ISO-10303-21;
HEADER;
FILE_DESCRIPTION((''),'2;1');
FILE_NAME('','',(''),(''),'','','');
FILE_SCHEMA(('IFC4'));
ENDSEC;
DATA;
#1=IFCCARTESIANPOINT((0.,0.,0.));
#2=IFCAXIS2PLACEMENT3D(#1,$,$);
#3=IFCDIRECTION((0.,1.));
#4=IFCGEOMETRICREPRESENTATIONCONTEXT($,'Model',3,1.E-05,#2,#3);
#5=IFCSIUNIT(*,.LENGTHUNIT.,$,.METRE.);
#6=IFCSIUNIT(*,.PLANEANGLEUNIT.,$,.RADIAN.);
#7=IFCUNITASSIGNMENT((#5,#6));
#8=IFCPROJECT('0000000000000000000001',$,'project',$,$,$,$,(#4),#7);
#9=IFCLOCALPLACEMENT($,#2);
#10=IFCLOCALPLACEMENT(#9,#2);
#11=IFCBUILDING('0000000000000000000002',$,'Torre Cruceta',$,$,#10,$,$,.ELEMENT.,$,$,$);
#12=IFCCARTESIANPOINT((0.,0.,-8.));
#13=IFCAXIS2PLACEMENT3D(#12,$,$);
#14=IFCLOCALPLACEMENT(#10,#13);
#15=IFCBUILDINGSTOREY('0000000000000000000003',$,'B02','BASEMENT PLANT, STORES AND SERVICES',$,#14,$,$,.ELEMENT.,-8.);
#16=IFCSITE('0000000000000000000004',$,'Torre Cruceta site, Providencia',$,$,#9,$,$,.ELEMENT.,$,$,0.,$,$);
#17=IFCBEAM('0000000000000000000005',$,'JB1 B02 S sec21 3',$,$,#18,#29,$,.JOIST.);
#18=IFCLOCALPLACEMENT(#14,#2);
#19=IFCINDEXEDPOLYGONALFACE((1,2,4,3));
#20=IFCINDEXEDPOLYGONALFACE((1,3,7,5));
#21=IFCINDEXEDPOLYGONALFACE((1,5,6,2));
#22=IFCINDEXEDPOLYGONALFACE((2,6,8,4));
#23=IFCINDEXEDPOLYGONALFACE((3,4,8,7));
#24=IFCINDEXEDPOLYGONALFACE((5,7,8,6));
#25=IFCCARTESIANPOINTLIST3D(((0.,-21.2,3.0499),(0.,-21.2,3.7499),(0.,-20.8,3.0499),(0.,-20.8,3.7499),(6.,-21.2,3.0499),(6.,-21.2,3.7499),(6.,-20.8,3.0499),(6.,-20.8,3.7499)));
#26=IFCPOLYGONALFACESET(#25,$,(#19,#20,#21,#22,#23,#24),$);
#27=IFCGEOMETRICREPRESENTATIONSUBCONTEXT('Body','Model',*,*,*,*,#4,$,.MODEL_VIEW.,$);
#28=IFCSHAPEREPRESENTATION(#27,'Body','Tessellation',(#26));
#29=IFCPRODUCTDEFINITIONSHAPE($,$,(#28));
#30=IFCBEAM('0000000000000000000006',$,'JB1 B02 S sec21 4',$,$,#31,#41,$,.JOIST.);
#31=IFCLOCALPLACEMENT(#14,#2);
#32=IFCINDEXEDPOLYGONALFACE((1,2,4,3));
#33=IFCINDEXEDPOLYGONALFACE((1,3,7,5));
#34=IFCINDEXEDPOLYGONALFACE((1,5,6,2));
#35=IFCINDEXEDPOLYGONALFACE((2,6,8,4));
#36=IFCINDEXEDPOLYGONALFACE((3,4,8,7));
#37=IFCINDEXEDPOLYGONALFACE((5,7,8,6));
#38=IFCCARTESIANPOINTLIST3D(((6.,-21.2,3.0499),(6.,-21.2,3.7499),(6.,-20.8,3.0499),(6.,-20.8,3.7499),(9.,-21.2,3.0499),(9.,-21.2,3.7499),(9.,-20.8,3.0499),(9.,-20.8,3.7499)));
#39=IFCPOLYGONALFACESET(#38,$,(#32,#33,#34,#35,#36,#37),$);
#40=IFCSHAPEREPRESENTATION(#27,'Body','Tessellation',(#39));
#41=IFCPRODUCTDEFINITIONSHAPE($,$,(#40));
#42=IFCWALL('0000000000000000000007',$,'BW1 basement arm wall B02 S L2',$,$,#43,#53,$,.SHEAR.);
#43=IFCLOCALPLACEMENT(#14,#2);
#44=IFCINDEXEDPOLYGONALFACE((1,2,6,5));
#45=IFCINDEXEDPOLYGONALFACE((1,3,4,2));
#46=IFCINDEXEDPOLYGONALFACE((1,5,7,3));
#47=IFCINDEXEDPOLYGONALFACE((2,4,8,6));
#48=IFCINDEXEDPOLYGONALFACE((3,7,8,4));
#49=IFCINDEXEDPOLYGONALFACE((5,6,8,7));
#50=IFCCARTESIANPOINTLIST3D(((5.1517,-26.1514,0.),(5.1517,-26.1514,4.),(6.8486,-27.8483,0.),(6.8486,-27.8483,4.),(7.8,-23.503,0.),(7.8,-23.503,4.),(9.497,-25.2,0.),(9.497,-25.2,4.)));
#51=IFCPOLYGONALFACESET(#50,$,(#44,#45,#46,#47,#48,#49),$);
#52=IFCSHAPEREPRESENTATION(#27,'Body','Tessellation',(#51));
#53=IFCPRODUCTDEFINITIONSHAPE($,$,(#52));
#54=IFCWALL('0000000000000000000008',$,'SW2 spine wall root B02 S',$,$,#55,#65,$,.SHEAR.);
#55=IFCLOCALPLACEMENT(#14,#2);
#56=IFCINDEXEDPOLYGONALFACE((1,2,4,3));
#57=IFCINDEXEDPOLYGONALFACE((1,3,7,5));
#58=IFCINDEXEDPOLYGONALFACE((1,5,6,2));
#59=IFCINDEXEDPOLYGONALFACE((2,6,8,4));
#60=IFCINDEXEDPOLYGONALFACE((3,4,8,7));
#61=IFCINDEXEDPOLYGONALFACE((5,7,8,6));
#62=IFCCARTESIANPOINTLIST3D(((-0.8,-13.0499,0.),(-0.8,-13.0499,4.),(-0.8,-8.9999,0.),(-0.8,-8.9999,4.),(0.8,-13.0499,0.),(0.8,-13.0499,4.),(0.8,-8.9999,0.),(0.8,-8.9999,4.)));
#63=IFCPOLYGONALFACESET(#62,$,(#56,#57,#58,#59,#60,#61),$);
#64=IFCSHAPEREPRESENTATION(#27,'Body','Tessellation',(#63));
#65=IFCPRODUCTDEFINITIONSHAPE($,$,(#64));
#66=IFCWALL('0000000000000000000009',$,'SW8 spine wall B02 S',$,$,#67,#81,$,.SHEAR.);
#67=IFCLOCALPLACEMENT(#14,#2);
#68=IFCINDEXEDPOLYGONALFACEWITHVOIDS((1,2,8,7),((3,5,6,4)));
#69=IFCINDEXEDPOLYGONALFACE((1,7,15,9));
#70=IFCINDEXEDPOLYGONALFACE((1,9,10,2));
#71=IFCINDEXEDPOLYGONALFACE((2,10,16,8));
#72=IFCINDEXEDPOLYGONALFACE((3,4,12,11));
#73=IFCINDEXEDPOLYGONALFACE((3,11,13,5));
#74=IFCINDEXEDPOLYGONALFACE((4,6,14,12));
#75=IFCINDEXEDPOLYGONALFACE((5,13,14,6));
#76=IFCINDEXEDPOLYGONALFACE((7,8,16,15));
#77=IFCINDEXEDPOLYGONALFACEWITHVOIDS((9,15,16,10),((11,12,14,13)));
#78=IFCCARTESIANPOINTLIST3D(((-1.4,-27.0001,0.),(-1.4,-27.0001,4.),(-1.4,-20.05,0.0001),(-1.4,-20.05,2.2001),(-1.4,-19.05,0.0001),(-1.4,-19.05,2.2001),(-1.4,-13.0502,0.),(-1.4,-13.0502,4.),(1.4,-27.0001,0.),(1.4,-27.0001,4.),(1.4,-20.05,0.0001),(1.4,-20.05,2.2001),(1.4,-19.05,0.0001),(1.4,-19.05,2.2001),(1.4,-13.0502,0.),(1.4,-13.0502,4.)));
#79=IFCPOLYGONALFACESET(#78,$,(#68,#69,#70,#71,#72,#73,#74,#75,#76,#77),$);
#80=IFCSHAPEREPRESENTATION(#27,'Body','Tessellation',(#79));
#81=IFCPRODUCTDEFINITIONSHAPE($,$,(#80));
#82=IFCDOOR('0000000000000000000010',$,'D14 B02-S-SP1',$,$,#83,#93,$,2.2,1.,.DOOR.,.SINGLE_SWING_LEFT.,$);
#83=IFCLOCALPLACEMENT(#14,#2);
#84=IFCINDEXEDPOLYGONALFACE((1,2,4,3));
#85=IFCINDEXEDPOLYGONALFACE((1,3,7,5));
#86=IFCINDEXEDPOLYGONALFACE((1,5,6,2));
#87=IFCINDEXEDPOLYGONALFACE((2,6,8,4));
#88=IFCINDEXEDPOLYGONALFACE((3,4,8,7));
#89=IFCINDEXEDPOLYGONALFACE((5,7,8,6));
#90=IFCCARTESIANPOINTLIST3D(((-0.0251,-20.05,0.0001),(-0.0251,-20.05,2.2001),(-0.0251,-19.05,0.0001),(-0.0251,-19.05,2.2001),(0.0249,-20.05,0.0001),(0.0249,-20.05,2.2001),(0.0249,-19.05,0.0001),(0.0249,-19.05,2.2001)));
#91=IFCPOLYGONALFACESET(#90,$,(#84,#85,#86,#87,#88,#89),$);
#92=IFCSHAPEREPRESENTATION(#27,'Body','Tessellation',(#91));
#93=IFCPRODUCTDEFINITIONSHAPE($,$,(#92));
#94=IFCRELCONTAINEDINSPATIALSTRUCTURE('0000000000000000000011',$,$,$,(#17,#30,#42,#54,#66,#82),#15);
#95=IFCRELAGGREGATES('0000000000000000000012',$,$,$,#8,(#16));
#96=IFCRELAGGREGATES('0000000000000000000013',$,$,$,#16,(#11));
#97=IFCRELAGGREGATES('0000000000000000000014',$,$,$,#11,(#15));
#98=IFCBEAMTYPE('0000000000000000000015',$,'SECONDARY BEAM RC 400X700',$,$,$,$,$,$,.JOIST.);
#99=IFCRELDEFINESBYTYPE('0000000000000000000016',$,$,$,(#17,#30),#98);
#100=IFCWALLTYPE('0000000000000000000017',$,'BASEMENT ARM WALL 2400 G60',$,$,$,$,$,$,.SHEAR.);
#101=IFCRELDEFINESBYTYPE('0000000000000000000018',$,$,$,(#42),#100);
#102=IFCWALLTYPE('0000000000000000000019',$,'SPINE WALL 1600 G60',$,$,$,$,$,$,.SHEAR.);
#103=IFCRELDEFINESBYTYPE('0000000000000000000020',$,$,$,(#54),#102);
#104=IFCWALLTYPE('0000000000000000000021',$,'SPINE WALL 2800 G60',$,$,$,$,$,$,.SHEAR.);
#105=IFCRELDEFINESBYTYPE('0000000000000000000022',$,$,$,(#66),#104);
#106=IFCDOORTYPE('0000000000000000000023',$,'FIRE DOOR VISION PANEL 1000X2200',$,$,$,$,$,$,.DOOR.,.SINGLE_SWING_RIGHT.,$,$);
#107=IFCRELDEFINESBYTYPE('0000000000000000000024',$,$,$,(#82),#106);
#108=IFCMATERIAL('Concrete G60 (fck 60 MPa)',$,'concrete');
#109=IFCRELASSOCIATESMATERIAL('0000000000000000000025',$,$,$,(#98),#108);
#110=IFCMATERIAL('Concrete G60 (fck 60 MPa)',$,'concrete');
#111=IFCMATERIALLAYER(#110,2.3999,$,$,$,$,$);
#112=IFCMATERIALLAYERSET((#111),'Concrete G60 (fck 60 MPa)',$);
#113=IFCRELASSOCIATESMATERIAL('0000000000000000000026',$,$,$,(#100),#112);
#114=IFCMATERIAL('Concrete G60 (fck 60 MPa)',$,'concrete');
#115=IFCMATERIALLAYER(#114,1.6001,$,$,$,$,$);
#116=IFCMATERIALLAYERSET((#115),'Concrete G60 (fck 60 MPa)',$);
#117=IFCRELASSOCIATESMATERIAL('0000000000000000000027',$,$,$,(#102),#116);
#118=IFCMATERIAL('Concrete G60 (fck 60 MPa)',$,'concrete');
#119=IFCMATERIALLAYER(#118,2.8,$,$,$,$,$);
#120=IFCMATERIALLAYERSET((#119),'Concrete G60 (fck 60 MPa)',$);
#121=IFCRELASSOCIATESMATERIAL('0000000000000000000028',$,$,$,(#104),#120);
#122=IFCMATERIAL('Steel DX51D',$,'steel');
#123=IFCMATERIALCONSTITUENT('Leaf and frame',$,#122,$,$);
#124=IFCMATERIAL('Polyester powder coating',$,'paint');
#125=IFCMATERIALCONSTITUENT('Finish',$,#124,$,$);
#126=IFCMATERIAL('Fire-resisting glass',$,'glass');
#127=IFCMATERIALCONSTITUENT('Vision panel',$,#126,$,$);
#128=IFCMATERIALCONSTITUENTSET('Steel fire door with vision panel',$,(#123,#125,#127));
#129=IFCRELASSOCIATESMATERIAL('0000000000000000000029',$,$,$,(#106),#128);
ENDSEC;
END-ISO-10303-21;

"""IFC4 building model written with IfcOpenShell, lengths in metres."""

from ifc_helpers import new_model, si_unit, direction, frame, frame_2d, origin, origin_2d, place, context, subcontext, project, spatial, rectangle, extrude, material, layer, layer_set, constituent, constituent_set, material_profile, profile_set, type_object, element, fill, save


model = new_model("IFC4")

# Units and contexts
model_context = context("Model", 3, precision=1e-05, world=origin(), true_north=direction((0.0, 1.0)))
body_context = subcontext(model_context, "Body", "Model", "MODEL_VIEW")
ifc_project = project(units=[si_unit("LENGTHUNIT", "METRE"), si_unit("PLANEANGLEUNIT", "RADIAN")], contexts=[model_context])

# Site, building, storey
site_placement = place(None, origin())
site = spatial("IfcSite", under=ifc_project, at=site_placement, Name="Torre Cruceta site, Providencia", CompositionType="ELEMENT", RefElevation=0.0)
building_placement = place(site_placement, origin())
building = spatial("IfcBuilding", under=site, at=building_placement, Name="Torre Cruceta", CompositionType="ELEMENT")
storey_placement = place(building_placement, frame((0.0, 0.0, -8.0)))
storey = spatial("IfcBuildingStorey", under=building, at=storey_placement, Name="B02", Description="BASEMENT PLANT, STORES AND SERVICES", CompositionType="ELEMENT", Elevation=-8.0)

# Beams
ifc_material_1 = material(Name="Concrete G60 (fck 60 MPa)", Category="concrete")
ifc_material_profile_1 = material_profile(ifc_material_1, rectangle(XDim=0.3999, YDim=0.7, at=origin_2d()), Name="RC 400X700")
ifc_profile_set_1 = profile_set([ifc_material_profile_1], Name="Concrete G60 (fck 60 MPa)")
beam_type_1 = type_object("IfcBeamType", Name="SECONDARY BEAM RC 400X700", PredefinedType="JOIST", material=ifc_profile_set_1)
beam_1_placement = place(storey_placement, frame((0.0, -21.0, 3.3999), z_axis=(1.0, 0.0, 0.0), x_axis=(0.0, 1.0, 0.0)))
element("IfcBeam", 1, at=beam_1_placement, inside=storey, type_object=beam_type_1, Name="JB1 B02 S sec21 3", PredefinedType="JOIST", context=body_context, shape_type="SweptSolid", body=[
    extrude(rectangle(XDim=0.3999, YDim=0.7, at=origin_2d()), origin(), (0.0, 0.0, 1.0), 6.0),
])
beam_2_placement = place(storey_placement, frame((6.0, -21.0, 3.3999), z_axis=(1.0, 0.0, 0.0), x_axis=(0.0, 1.0, 0.0)))
element("IfcBeam", 2, at=beam_2_placement, inside=storey, type_object=beam_type_1, Name="JB1 B02 S sec21 4", PredefinedType="JOIST", context=body_context, shape_type="SweptSolid", body=[
    extrude(rectangle(XDim=0.3999, YDim=0.7, at=origin_2d()), origin(), (0.0, 0.0, 1.0), 3.0),
])

# Walls
ifc_material_2 = material(Name="Concrete G60 (fck 60 MPa)", Category="concrete")
ifc_layer_1 = layer(ifc_material_2, 2.3999)
ifc_layer_set_1 = layer_set([ifc_layer_1], Name="Concrete G60 (fck 60 MPa)")
wall_type_1 = type_object("IfcWallType", Name="BASEMENT ARM WALL 2400 G60", PredefinedType="SHEAR", material=ifc_layer_set_1)
wall_1_placement = place(storey_placement, frame((8.6484, -24.3516, 0.0), z_axis=(0.0, 0.0, 1.0), x_axis=(-0.707107, -0.707107, 0.0)))
element("IfcWall", 3, at=wall_1_placement, inside=storey, type_object=wall_type_1, Name="BW1 basement arm wall B02 S L2", PredefinedType="SHEAR", context=body_context, shape_type="SweptSolid", body=[
    extrude(rectangle(XDim=3.7454, YDim=2.3999, at=frame_2d((1.8726, 0.0))), origin(), (0.0, 0.0, 1.0), 4.0),
])
ifc_material_3 = material(Name="Concrete G60 (fck 60 MPa)", Category="concrete")
ifc_layer_2 = layer(ifc_material_3, 1.6001)
ifc_layer_set_2 = layer_set([ifc_layer_2], Name="Concrete G60 (fck 60 MPa)")
wall_type_2 = type_object("IfcWallType", Name="SPINE WALL 1600 G60", PredefinedType="SHEAR", material=ifc_layer_set_2)
wall_2_placement = place(storey_placement, frame((0.0, -9.0, 0.0), z_axis=(0.0, 0.0, 1.0), x_axis=(0.0, -1.0, 0.0)))
element("IfcWall", 4, at=wall_2_placement, inside=storey, type_object=wall_type_2, Name="SW2 spine wall root B02 S", PredefinedType="SHEAR", context=body_context, shape_type="SweptSolid", body=[
    extrude(rectangle(XDim=4.05, YDim=1.6001, at=frame_2d((2.0249, 0.0))), origin(), (0.0, 0.0, 1.0), 4.0),
])

# Wall, opening, door
ifc_material_4 = material(Name="Concrete G60 (fck 60 MPa)", Category="concrete")
ifc_layer_3 = layer(ifc_material_4, 2.8)
ifc_layer_set_3 = layer_set([ifc_layer_3], Name="Concrete G60 (fck 60 MPa)")
wall_type_3 = type_object("IfcWallType", Name="SPINE WALL 2800 G60", PredefinedType="SHEAR", material=ifc_layer_set_3)
wall_3_placement = place(storey_placement, frame((0.0, -13.05, 0.0), z_axis=(0.0, 0.0, 1.0), x_axis=(0.0, -1.0, 0.0)))
wall_3 = element("IfcWall", 5, at=wall_3_placement, inside=storey, type_object=wall_type_3, Name="SW8 spine wall B02 S", PredefinedType="SHEAR", context=body_context, shape_type="SweptSolid", body=[
    extrude(rectangle(XDim=13.95, YDim=2.8, at=frame_2d((6.9751, 0.0))), origin(), (0.0, 0.0, 1.0), 4.0),
])
opening_placement = place(wall_3_placement, frame((6.0, 0.0, 0.0)))
opening = element("IfcOpeningElement", 6, at=opening_placement, cuts=wall_3, PredefinedType="OPENING", context=body_context, shape_type="SweptSolid", body=[
    extrude(rectangle(XDim=1.0, YDim=2.2, at=frame_2d((0.5, 1.1001))), frame((0.0, 1.4099, 0.0), z_axis=(0.0, -1.0, 0.0), x_axis=(1.0, 0.0, 0.0)), (0.0, 0.0, 1.0), 2.8201),
])
ifc_material_5 = material(Name="Steel DX51D", Category="steel")
ifc_constituent_1 = constituent(ifc_material_5, Name="Leaf and frame")
ifc_material_6 = material(Name="Polyester powder coating", Category="paint")
ifc_constituent_2 = constituent(ifc_material_6, Name="Finish")
ifc_material_7 = material(Name="Fire-resisting glass", Category="glass")
ifc_constituent_3 = constituent(ifc_material_7, Name="Vision panel")
ifc_constituent_set = constituent_set(constituents=[ifc_constituent_1, ifc_constituent_2, ifc_constituent_3], Name="Steel fire door with vision panel")
door_type = type_object("IfcDoorType", Name="FIRE DOOR VISION PANEL 1000X2200", OperationType="SINGLE_SWING_RIGHT", PredefinedType="DOOR", material=ifc_constituent_set)
door_placement = place(opening_placement, frame((1.0, 0.0, 0.0), z_axis=(0.0, 0.0, 1.0), x_axis=(-1.0, 0.0, 0.0)))
door = element("IfcDoor", 7, at=door_placement, inside=storey, type_object=door_type, Name="D14 B02-S-SP1", OperationType="SINGLE_SWING_LEFT", OverallHeight=2.2, OverallWidth=1.0, PredefinedType="DOOR", context=body_context, shape_type="SweptSolid", body=[
    extrude(rectangle(XDim=1.0, YDim=2.2, at=frame_2d((0.5, 1.1001))), frame((0.0, 0.0251, 0.0), z_axis=(0.0, -1.0, 0.0), x_axis=(1.0, 0.0, 0.0)), (0.0, 0.0, 1.0), 0.05),
])
fill(opening, door)

save(model, "model.ifc")
